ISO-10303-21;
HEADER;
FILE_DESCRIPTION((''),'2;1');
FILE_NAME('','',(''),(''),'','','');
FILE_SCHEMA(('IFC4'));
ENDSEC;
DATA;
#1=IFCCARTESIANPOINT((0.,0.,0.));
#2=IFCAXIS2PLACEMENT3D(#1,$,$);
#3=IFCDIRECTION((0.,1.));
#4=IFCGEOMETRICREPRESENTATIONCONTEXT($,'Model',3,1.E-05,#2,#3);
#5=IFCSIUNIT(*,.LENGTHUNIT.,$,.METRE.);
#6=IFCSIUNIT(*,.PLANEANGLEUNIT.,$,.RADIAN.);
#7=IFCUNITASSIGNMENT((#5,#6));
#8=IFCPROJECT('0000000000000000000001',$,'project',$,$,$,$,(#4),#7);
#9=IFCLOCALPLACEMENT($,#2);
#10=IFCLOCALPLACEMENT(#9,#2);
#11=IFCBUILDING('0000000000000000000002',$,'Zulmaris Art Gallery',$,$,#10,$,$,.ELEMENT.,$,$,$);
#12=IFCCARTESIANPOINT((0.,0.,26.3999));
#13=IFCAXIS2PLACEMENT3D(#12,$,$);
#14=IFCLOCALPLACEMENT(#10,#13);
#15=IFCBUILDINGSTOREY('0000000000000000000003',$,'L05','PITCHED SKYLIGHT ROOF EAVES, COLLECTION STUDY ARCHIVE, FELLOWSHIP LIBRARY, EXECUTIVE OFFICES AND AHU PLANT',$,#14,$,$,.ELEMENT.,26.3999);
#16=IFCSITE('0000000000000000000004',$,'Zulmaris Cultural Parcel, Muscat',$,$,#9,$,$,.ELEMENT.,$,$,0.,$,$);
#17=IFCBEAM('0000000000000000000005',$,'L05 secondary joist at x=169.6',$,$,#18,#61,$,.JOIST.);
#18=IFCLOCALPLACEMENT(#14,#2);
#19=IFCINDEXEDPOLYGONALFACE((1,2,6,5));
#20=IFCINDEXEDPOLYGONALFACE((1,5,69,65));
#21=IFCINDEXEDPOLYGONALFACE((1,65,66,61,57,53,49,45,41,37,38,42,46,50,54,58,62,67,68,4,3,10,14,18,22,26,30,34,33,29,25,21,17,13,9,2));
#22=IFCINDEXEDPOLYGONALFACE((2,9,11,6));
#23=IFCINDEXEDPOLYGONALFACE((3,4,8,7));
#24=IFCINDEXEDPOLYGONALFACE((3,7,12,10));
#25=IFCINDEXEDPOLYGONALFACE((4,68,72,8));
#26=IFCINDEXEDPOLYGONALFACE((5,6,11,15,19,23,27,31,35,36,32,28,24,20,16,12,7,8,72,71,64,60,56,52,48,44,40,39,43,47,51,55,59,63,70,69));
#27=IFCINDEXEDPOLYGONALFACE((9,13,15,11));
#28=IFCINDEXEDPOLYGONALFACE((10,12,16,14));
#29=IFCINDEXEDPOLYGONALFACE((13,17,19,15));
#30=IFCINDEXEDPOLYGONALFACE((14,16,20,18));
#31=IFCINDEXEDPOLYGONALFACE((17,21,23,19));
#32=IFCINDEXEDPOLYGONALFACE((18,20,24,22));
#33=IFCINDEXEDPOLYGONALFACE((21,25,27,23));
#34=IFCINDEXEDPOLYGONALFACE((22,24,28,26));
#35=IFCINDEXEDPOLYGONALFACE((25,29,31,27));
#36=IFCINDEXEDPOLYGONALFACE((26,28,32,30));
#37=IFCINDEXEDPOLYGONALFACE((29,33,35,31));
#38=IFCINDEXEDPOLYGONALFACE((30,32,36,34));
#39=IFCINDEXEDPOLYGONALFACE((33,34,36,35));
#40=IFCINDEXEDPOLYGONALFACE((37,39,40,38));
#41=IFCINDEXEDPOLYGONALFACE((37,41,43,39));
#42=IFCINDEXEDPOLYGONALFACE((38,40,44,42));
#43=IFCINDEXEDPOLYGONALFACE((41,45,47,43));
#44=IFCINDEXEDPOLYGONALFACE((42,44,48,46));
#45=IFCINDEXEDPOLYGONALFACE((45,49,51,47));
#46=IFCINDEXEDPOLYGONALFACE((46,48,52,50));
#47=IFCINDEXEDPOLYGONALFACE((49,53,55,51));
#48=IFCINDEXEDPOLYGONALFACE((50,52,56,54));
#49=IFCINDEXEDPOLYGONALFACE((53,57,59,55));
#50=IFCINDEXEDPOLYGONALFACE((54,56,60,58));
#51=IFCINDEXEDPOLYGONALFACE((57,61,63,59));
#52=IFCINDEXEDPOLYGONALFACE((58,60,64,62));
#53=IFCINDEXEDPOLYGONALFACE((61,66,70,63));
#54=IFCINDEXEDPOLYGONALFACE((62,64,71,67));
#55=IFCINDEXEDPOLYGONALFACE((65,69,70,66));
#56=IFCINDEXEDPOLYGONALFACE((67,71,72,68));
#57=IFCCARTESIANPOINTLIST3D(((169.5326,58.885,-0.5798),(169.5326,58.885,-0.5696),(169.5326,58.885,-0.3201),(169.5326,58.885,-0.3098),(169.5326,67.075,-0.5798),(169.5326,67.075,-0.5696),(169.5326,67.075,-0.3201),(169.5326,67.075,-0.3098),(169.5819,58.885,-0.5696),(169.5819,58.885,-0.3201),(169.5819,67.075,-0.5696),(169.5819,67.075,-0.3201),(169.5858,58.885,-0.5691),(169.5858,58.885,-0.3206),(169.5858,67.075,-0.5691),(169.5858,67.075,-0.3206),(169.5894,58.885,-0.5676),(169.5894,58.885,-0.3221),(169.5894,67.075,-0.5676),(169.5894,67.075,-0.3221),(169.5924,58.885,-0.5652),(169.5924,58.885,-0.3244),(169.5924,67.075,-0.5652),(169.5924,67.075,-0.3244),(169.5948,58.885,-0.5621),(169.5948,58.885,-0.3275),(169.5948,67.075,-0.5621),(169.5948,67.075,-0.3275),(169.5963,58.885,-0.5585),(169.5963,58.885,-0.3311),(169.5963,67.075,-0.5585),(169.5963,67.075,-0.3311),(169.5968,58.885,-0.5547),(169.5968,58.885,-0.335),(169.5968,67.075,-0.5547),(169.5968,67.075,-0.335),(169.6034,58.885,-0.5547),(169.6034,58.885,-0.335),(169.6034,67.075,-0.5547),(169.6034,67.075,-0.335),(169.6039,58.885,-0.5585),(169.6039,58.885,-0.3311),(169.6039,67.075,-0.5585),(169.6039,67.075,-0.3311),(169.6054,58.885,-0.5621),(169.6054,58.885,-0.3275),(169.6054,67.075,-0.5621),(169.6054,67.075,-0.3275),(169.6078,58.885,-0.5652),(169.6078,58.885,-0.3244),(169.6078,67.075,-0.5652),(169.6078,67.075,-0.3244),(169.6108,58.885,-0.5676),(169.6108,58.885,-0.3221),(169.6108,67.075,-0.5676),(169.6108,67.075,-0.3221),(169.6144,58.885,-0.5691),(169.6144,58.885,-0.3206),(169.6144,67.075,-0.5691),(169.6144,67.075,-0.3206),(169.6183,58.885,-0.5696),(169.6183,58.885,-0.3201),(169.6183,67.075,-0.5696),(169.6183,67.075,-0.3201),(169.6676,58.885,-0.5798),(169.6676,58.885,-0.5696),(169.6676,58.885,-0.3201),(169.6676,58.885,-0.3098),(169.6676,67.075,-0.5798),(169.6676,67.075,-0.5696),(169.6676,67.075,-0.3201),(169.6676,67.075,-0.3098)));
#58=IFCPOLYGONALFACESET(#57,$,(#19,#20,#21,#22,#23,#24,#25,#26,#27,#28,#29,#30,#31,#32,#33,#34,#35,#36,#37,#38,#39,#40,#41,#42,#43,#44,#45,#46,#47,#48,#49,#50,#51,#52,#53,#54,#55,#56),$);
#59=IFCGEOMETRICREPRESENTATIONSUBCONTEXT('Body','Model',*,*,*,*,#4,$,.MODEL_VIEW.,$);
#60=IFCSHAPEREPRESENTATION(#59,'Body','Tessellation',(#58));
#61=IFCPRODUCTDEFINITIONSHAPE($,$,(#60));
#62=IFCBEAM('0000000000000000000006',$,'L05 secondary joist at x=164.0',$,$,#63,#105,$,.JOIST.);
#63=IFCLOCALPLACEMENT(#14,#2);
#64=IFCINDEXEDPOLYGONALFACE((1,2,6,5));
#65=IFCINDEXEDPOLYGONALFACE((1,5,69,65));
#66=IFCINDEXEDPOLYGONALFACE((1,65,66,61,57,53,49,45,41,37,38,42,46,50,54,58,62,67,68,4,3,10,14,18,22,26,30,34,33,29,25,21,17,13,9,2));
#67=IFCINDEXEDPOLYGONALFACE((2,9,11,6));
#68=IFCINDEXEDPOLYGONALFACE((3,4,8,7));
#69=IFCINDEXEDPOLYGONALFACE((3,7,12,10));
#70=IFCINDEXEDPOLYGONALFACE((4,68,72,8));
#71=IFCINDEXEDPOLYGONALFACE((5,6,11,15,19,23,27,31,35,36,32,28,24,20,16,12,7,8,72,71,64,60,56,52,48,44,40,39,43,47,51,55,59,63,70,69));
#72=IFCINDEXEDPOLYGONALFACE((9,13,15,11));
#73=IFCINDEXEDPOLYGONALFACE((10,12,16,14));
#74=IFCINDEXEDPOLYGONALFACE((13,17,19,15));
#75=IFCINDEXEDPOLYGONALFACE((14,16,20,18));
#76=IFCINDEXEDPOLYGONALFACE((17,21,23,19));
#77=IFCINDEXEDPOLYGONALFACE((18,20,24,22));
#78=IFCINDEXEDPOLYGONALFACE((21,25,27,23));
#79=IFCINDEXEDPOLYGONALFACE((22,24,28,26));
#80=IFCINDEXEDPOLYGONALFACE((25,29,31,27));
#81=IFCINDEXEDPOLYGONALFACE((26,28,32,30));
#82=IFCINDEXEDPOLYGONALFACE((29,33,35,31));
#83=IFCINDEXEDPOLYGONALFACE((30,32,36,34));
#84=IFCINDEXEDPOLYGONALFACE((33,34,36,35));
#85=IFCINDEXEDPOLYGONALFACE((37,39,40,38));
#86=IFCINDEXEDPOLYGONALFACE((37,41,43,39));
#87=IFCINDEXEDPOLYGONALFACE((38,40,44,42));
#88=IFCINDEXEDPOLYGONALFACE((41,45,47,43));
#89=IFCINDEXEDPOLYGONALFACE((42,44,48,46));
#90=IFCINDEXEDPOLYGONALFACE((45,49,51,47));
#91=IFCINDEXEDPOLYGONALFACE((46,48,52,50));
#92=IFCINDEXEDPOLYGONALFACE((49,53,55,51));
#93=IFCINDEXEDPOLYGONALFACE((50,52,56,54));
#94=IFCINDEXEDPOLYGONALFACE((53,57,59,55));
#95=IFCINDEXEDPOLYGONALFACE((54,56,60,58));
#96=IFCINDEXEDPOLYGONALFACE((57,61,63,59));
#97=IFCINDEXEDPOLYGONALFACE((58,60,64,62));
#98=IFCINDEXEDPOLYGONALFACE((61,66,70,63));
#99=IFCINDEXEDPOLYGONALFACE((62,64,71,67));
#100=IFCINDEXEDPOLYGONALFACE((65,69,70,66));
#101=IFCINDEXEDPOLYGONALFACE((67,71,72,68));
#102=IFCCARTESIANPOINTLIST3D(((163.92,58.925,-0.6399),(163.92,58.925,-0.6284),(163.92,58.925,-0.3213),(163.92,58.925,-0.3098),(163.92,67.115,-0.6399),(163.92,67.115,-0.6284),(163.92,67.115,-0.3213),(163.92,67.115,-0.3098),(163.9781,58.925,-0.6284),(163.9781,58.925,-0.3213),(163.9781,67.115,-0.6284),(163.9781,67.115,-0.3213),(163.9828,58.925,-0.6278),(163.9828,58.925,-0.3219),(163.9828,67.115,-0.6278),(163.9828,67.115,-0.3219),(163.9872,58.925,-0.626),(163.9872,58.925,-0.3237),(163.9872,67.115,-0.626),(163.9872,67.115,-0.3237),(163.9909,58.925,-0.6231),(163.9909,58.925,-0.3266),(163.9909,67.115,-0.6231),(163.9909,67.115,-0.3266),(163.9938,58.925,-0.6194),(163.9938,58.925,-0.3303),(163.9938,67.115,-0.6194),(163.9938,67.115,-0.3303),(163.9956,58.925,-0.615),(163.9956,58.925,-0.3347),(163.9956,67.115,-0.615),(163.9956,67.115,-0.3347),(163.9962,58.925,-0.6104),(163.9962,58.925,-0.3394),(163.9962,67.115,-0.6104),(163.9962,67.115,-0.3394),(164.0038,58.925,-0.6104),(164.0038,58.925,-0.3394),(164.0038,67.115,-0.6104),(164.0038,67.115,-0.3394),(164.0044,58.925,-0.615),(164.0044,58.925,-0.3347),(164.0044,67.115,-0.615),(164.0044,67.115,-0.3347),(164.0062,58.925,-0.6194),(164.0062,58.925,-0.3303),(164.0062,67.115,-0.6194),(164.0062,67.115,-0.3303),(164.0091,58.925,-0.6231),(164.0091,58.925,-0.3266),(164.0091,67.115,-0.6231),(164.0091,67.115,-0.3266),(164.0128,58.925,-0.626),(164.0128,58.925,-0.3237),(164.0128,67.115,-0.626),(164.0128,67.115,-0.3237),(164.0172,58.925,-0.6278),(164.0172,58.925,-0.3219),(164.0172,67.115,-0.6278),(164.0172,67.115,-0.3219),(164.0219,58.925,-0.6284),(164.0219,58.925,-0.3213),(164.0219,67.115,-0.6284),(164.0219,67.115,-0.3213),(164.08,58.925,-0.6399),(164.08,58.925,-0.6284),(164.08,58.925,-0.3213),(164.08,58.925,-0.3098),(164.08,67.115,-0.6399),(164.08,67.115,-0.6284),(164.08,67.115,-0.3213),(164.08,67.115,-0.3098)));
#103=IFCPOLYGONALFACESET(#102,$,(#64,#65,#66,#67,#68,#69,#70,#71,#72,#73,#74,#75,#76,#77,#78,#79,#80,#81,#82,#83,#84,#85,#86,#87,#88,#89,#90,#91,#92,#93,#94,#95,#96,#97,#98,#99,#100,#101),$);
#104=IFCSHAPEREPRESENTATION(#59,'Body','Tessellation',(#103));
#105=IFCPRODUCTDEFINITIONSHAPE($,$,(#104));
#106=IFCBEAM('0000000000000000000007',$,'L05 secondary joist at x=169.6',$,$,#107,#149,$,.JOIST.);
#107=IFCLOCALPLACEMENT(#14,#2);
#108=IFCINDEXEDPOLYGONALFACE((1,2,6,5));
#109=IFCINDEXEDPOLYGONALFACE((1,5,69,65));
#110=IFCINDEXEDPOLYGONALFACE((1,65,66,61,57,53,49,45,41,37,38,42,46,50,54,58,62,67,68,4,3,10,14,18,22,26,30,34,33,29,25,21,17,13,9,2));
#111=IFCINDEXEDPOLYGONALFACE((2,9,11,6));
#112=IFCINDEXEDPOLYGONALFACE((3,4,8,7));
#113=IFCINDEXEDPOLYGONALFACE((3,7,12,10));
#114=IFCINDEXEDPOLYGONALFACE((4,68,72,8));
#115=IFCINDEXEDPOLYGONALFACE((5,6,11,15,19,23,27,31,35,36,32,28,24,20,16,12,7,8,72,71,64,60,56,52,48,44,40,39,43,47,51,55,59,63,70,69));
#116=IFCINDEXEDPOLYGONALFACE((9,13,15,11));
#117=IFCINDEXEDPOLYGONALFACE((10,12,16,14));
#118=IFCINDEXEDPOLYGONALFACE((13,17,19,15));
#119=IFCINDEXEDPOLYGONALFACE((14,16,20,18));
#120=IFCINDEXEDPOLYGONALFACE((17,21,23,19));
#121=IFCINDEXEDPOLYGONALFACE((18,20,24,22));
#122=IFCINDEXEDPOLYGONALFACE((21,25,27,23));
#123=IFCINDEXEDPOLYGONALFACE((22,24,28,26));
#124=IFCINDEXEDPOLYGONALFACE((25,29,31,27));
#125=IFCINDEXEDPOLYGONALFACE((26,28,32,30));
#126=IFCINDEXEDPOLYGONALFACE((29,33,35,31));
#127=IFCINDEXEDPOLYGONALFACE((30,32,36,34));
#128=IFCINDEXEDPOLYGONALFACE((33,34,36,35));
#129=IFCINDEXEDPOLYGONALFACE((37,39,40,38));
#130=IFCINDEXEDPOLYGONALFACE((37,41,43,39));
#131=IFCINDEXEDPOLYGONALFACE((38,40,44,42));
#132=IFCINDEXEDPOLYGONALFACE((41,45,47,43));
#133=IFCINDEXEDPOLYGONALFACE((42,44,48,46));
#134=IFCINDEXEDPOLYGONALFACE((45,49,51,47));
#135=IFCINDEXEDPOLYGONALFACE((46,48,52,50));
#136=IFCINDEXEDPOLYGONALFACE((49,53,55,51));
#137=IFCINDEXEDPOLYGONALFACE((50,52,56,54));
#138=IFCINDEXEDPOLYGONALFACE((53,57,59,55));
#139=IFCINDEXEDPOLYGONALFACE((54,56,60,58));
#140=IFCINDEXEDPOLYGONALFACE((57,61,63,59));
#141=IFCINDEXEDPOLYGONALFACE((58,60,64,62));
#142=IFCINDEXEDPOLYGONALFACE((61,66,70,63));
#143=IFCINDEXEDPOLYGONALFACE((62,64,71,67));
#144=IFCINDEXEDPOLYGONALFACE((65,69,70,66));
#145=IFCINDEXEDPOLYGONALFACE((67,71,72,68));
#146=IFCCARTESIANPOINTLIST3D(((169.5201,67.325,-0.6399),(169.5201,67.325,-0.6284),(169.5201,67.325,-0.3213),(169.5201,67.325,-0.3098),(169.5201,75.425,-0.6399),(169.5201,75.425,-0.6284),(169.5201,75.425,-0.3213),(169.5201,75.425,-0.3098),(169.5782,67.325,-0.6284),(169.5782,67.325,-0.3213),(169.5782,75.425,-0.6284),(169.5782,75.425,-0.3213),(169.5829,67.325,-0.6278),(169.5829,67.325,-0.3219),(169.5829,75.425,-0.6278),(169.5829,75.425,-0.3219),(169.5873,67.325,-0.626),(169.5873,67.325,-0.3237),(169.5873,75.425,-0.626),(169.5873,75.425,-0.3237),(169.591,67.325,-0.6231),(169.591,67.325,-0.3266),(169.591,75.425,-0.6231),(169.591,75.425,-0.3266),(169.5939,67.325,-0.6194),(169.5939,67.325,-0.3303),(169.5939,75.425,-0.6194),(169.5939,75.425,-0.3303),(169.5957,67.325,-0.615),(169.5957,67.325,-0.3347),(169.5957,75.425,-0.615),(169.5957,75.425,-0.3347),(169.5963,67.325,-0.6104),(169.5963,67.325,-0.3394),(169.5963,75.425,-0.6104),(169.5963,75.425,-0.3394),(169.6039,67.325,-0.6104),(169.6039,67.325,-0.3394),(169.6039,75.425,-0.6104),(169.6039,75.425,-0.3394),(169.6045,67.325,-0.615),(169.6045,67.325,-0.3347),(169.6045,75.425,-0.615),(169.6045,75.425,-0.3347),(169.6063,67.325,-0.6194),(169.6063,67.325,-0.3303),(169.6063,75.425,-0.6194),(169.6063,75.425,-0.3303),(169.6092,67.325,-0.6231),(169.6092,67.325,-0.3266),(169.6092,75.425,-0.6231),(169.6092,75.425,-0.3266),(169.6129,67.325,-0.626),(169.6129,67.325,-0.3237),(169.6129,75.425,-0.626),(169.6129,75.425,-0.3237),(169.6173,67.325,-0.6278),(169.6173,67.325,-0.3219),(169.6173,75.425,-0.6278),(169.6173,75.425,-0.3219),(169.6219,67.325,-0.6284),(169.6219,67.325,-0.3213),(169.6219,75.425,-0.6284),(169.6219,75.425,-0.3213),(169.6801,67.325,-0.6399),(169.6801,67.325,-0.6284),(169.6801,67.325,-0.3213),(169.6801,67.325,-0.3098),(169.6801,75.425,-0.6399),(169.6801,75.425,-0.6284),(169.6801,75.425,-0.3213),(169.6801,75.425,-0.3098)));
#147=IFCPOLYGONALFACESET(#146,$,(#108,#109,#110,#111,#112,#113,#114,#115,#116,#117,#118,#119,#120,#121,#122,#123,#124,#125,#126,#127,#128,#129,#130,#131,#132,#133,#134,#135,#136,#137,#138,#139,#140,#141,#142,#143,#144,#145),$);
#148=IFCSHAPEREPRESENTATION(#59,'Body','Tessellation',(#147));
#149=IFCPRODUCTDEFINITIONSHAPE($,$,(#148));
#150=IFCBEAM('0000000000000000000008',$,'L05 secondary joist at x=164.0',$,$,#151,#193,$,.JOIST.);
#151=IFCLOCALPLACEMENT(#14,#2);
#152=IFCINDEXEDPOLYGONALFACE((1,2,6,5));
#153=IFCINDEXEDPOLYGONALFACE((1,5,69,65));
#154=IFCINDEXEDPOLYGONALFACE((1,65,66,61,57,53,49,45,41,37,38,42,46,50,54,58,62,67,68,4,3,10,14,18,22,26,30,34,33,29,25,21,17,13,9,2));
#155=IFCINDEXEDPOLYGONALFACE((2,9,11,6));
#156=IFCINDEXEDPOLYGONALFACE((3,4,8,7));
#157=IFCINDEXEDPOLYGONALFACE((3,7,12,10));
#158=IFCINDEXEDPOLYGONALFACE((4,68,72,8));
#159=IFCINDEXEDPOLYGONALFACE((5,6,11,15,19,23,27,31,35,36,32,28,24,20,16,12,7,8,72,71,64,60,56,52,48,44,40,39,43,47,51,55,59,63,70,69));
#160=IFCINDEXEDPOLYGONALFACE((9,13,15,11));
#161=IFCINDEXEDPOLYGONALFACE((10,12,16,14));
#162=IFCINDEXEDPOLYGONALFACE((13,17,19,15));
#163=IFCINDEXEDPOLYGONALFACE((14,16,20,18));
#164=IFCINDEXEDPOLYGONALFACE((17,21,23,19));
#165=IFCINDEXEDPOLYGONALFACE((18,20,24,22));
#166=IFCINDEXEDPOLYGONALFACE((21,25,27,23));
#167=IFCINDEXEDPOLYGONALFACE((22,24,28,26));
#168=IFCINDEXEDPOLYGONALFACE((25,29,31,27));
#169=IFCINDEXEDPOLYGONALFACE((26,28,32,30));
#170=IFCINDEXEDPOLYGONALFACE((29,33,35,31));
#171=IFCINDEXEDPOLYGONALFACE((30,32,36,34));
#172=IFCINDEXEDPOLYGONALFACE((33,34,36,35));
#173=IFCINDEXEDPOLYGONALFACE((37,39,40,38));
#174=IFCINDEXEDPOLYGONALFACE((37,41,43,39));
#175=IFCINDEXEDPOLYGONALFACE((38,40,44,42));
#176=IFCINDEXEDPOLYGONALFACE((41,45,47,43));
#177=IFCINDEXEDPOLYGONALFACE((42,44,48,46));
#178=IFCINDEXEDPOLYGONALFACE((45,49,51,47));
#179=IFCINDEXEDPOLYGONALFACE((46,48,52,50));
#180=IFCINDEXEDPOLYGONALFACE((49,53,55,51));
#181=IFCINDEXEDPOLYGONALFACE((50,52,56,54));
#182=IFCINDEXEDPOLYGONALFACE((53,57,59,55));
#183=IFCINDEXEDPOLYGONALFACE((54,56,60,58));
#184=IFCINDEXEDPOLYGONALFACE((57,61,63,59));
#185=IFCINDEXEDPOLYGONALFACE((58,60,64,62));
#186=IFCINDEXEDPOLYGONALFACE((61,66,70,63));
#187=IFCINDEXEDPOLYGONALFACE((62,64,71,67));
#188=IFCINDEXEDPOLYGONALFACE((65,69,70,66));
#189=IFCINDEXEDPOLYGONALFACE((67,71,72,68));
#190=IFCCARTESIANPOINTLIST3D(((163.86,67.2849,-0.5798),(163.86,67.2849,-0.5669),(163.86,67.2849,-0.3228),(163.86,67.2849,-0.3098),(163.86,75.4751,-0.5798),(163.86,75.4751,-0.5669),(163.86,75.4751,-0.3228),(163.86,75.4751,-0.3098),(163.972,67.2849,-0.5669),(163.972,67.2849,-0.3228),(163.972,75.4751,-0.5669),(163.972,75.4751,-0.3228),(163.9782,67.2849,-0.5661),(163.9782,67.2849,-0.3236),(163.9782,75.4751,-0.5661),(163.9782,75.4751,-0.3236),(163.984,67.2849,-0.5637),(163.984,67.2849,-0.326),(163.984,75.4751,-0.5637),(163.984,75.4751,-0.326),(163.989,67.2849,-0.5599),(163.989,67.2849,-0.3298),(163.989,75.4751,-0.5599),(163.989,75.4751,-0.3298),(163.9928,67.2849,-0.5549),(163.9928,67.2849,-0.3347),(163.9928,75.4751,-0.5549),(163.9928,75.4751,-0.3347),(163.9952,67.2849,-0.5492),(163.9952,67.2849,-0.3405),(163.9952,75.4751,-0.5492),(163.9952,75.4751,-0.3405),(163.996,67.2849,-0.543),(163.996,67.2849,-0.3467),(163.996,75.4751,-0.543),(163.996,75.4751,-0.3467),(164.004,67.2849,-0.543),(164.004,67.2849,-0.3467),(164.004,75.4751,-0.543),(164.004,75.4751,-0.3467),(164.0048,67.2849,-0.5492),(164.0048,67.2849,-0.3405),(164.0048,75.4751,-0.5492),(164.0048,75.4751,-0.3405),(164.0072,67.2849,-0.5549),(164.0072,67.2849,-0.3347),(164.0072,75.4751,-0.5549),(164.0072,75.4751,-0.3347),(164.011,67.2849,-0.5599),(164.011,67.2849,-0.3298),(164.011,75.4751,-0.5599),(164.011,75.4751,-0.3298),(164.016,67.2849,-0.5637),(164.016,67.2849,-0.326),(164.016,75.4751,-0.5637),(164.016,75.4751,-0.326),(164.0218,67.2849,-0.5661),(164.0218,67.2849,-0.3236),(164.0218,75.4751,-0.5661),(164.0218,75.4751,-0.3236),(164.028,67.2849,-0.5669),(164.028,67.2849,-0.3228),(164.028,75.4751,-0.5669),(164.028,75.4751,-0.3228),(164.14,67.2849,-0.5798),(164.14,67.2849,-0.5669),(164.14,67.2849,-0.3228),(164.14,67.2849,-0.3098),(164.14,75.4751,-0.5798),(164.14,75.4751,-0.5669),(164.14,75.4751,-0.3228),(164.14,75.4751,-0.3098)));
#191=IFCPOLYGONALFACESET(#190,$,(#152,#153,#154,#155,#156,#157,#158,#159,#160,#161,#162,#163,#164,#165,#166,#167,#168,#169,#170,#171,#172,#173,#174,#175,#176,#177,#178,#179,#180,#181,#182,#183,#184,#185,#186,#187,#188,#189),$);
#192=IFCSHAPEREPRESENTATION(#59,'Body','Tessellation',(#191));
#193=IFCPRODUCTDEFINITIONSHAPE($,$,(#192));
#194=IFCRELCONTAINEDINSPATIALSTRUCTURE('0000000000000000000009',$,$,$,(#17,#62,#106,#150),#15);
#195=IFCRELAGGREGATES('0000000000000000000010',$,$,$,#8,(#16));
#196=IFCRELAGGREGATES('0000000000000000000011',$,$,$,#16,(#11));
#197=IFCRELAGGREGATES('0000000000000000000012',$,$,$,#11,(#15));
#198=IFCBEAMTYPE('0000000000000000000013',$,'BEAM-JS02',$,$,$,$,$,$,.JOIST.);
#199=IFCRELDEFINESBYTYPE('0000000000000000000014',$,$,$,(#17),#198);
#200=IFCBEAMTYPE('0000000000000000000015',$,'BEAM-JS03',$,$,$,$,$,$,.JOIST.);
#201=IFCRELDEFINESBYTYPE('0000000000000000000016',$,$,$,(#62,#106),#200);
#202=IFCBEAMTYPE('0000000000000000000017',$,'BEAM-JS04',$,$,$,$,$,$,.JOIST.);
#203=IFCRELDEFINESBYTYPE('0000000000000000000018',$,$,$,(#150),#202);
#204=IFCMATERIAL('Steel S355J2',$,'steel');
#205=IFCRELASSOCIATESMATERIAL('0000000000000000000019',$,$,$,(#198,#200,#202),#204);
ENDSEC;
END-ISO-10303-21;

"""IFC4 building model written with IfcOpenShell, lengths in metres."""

from ifc_helpers import new_model, si_unit, direction, frame, origin, origin_2d, place, context, subcontext, project, spatial, i_section, extrude, material, material_profile, profile_set, type_object, element, save


model = new_model("IFC4")

# Units and contexts
model_context = context("Model", 3, precision=1e-05, world=origin(), true_north=direction((0.0, 1.0)))
body_context = subcontext(model_context, "Body", "Model", "MODEL_VIEW")
ifc_project = project(units=[si_unit("LENGTHUNIT", "METRE"), si_unit("PLANEANGLEUNIT", "RADIAN")], contexts=[model_context])

# Site, building, storey
site_placement = place(None, origin())
site = spatial("IfcSite", under=ifc_project, at=site_placement, Name="Zulmaris Cultural Parcel, Muscat", CompositionType="ELEMENT", RefElevation=0.0)
building_placement = place(site_placement, origin())
building = spatial("IfcBuilding", under=site, at=building_placement, Name="Zulmaris Art Gallery", CompositionType="ELEMENT")
storey_placement = place(building_placement, frame((0.0, 0.0, 26.3999)))
storey = spatial("IfcBuildingStorey", under=building, at=storey_placement, Name="L05", Description="PITCHED SKYLIGHT ROOF EAVES, COLLECTION STUDY ARCHIVE, FELLOWSHIP LIBRARY, EXECUTIVE OFFICES AND AHU PLANT", CompositionType="ELEMENT", Elevation=26.3999)

# Beams
ifc_material_1 = material(Name="Steel S355J2", Category="steel")
ifc_material_profile_1 = material_profile(ifc_material_1, i_section(OverallWidth=0.135, OverallDepth=0.27, WebThickness=0.0066, FlangeThickness=0.0103, FilletRadius=0.0149, at=origin_2d()), Name="IPE 270")
ifc_profile_set_1 = profile_set([ifc_material_profile_1], Name="Steel S355J2")
beam_type_1 = type_object("IfcBeamType", Name="BEAM-JS02", PredefinedType="JOIST", material=ifc_profile_set_1)
beam_1_placement = place(storey_placement, frame((169.6001, 58.885, -0.4448), z_axis=(0.0, 1.0, 0.0), x_axis=(-1.0, 0.0, 0.0)))
element("IfcBeam", 1, at=beam_1_placement, inside=storey, type_object=beam_type_1, Name="L05 secondary joist at x=169.6", PredefinedType="JOIST", context=body_context, shape_type="SweptSolid", body=[
    extrude(i_section(OverallWidth=0.135, OverallDepth=0.27, WebThickness=0.0066, FlangeThickness=0.0103, FilletRadius=0.0149, at=origin_2d()), origin(), (0.0, 0.0, 1.0), 8.1899),
])
ifc_material_profile_2 = material_profile(ifc_material_1, i_section(OverallWidth=0.1599, OverallDepth=0.3301, WebThickness=0.0076, FlangeThickness=0.0115, FilletRadius=0.0181, at=origin_2d()), Name="IPE 330")
ifc_profile_set_2 = profile_set([ifc_material_profile_2], Name="Steel S355J2")
beam_type_2 = type_object("IfcBeamType", Name="BEAM-JS03", PredefinedType="JOIST", material=ifc_profile_set_2)
beam_2_placement = place(storey_placement, frame((164.0, 58.925, -0.4749), z_axis=(0.0, 1.0, 0.0), x_axis=(-1.0, 0.0, 0.0)))
element("IfcBeam", 2, at=beam_2_placement, inside=storey, type_object=beam_type_2, Name="L05 secondary joist at x=164.0", PredefinedType="JOIST", context=body_context, shape_type="SweptSolid", body=[
    extrude(i_section(OverallWidth=0.1599, OverallDepth=0.3301, WebThickness=0.0076, FlangeThickness=0.0115, FilletRadius=0.0181, at=origin_2d()), origin(), (0.0, 0.0, 1.0), 8.1899),
])
beam_3_placement = place(storey_placement, frame((169.6001, 67.325, -0.4749), z_axis=(0.0, 1.0, 0.0), x_axis=(-1.0, 0.0, 0.0)))
element("IfcBeam", 3, at=beam_3_placement, inside=storey, type_object=beam_type_2, Name="L05 secondary joist at x=169.6", PredefinedType="JOIST", context=body_context, shape_type="SweptSolid", body=[
    extrude(i_section(OverallWidth=0.1599, OverallDepth=0.3301, WebThickness=0.0076, FlangeThickness=0.0115, FilletRadius=0.0181, at=origin_2d()), origin(), (0.0, 0.0, 1.0), 8.1001),
])
ifc_material_profile_3 = material_profile(ifc_material_1, i_section(OverallWidth=0.28, OverallDepth=0.27, WebThickness=0.0081, FlangeThickness=0.0129, FilletRadius=0.0239, at=origin_2d()), Name="HEA 280")
ifc_profile_set_3 = profile_set([ifc_material_profile_3], Name="Steel S355J2")
beam_type_3 = type_object("IfcBeamType", Name="BEAM-JS04", PredefinedType="JOIST", material=ifc_profile_set_3)
beam_4_placement = place(storey_placement, frame((164.0, 67.2849, -0.4448), z_axis=(0.0, 1.0, 0.0), x_axis=(-1.0, 0.0, 0.0)))
element("IfcBeam", 4, at=beam_4_placement, inside=storey, type_object=beam_type_3, Name="L05 secondary joist at x=164.0", PredefinedType="JOIST", context=body_context, shape_type="SweptSolid", body=[
    extrude(i_section(OverallWidth=0.28, OverallDepth=0.27, WebThickness=0.0081, FlangeThickness=0.0129, FilletRadius=0.0239, at=origin_2d()), origin(), (0.0, 0.0, 1.0), 8.1902),
])

save(model, "model.ifc")
